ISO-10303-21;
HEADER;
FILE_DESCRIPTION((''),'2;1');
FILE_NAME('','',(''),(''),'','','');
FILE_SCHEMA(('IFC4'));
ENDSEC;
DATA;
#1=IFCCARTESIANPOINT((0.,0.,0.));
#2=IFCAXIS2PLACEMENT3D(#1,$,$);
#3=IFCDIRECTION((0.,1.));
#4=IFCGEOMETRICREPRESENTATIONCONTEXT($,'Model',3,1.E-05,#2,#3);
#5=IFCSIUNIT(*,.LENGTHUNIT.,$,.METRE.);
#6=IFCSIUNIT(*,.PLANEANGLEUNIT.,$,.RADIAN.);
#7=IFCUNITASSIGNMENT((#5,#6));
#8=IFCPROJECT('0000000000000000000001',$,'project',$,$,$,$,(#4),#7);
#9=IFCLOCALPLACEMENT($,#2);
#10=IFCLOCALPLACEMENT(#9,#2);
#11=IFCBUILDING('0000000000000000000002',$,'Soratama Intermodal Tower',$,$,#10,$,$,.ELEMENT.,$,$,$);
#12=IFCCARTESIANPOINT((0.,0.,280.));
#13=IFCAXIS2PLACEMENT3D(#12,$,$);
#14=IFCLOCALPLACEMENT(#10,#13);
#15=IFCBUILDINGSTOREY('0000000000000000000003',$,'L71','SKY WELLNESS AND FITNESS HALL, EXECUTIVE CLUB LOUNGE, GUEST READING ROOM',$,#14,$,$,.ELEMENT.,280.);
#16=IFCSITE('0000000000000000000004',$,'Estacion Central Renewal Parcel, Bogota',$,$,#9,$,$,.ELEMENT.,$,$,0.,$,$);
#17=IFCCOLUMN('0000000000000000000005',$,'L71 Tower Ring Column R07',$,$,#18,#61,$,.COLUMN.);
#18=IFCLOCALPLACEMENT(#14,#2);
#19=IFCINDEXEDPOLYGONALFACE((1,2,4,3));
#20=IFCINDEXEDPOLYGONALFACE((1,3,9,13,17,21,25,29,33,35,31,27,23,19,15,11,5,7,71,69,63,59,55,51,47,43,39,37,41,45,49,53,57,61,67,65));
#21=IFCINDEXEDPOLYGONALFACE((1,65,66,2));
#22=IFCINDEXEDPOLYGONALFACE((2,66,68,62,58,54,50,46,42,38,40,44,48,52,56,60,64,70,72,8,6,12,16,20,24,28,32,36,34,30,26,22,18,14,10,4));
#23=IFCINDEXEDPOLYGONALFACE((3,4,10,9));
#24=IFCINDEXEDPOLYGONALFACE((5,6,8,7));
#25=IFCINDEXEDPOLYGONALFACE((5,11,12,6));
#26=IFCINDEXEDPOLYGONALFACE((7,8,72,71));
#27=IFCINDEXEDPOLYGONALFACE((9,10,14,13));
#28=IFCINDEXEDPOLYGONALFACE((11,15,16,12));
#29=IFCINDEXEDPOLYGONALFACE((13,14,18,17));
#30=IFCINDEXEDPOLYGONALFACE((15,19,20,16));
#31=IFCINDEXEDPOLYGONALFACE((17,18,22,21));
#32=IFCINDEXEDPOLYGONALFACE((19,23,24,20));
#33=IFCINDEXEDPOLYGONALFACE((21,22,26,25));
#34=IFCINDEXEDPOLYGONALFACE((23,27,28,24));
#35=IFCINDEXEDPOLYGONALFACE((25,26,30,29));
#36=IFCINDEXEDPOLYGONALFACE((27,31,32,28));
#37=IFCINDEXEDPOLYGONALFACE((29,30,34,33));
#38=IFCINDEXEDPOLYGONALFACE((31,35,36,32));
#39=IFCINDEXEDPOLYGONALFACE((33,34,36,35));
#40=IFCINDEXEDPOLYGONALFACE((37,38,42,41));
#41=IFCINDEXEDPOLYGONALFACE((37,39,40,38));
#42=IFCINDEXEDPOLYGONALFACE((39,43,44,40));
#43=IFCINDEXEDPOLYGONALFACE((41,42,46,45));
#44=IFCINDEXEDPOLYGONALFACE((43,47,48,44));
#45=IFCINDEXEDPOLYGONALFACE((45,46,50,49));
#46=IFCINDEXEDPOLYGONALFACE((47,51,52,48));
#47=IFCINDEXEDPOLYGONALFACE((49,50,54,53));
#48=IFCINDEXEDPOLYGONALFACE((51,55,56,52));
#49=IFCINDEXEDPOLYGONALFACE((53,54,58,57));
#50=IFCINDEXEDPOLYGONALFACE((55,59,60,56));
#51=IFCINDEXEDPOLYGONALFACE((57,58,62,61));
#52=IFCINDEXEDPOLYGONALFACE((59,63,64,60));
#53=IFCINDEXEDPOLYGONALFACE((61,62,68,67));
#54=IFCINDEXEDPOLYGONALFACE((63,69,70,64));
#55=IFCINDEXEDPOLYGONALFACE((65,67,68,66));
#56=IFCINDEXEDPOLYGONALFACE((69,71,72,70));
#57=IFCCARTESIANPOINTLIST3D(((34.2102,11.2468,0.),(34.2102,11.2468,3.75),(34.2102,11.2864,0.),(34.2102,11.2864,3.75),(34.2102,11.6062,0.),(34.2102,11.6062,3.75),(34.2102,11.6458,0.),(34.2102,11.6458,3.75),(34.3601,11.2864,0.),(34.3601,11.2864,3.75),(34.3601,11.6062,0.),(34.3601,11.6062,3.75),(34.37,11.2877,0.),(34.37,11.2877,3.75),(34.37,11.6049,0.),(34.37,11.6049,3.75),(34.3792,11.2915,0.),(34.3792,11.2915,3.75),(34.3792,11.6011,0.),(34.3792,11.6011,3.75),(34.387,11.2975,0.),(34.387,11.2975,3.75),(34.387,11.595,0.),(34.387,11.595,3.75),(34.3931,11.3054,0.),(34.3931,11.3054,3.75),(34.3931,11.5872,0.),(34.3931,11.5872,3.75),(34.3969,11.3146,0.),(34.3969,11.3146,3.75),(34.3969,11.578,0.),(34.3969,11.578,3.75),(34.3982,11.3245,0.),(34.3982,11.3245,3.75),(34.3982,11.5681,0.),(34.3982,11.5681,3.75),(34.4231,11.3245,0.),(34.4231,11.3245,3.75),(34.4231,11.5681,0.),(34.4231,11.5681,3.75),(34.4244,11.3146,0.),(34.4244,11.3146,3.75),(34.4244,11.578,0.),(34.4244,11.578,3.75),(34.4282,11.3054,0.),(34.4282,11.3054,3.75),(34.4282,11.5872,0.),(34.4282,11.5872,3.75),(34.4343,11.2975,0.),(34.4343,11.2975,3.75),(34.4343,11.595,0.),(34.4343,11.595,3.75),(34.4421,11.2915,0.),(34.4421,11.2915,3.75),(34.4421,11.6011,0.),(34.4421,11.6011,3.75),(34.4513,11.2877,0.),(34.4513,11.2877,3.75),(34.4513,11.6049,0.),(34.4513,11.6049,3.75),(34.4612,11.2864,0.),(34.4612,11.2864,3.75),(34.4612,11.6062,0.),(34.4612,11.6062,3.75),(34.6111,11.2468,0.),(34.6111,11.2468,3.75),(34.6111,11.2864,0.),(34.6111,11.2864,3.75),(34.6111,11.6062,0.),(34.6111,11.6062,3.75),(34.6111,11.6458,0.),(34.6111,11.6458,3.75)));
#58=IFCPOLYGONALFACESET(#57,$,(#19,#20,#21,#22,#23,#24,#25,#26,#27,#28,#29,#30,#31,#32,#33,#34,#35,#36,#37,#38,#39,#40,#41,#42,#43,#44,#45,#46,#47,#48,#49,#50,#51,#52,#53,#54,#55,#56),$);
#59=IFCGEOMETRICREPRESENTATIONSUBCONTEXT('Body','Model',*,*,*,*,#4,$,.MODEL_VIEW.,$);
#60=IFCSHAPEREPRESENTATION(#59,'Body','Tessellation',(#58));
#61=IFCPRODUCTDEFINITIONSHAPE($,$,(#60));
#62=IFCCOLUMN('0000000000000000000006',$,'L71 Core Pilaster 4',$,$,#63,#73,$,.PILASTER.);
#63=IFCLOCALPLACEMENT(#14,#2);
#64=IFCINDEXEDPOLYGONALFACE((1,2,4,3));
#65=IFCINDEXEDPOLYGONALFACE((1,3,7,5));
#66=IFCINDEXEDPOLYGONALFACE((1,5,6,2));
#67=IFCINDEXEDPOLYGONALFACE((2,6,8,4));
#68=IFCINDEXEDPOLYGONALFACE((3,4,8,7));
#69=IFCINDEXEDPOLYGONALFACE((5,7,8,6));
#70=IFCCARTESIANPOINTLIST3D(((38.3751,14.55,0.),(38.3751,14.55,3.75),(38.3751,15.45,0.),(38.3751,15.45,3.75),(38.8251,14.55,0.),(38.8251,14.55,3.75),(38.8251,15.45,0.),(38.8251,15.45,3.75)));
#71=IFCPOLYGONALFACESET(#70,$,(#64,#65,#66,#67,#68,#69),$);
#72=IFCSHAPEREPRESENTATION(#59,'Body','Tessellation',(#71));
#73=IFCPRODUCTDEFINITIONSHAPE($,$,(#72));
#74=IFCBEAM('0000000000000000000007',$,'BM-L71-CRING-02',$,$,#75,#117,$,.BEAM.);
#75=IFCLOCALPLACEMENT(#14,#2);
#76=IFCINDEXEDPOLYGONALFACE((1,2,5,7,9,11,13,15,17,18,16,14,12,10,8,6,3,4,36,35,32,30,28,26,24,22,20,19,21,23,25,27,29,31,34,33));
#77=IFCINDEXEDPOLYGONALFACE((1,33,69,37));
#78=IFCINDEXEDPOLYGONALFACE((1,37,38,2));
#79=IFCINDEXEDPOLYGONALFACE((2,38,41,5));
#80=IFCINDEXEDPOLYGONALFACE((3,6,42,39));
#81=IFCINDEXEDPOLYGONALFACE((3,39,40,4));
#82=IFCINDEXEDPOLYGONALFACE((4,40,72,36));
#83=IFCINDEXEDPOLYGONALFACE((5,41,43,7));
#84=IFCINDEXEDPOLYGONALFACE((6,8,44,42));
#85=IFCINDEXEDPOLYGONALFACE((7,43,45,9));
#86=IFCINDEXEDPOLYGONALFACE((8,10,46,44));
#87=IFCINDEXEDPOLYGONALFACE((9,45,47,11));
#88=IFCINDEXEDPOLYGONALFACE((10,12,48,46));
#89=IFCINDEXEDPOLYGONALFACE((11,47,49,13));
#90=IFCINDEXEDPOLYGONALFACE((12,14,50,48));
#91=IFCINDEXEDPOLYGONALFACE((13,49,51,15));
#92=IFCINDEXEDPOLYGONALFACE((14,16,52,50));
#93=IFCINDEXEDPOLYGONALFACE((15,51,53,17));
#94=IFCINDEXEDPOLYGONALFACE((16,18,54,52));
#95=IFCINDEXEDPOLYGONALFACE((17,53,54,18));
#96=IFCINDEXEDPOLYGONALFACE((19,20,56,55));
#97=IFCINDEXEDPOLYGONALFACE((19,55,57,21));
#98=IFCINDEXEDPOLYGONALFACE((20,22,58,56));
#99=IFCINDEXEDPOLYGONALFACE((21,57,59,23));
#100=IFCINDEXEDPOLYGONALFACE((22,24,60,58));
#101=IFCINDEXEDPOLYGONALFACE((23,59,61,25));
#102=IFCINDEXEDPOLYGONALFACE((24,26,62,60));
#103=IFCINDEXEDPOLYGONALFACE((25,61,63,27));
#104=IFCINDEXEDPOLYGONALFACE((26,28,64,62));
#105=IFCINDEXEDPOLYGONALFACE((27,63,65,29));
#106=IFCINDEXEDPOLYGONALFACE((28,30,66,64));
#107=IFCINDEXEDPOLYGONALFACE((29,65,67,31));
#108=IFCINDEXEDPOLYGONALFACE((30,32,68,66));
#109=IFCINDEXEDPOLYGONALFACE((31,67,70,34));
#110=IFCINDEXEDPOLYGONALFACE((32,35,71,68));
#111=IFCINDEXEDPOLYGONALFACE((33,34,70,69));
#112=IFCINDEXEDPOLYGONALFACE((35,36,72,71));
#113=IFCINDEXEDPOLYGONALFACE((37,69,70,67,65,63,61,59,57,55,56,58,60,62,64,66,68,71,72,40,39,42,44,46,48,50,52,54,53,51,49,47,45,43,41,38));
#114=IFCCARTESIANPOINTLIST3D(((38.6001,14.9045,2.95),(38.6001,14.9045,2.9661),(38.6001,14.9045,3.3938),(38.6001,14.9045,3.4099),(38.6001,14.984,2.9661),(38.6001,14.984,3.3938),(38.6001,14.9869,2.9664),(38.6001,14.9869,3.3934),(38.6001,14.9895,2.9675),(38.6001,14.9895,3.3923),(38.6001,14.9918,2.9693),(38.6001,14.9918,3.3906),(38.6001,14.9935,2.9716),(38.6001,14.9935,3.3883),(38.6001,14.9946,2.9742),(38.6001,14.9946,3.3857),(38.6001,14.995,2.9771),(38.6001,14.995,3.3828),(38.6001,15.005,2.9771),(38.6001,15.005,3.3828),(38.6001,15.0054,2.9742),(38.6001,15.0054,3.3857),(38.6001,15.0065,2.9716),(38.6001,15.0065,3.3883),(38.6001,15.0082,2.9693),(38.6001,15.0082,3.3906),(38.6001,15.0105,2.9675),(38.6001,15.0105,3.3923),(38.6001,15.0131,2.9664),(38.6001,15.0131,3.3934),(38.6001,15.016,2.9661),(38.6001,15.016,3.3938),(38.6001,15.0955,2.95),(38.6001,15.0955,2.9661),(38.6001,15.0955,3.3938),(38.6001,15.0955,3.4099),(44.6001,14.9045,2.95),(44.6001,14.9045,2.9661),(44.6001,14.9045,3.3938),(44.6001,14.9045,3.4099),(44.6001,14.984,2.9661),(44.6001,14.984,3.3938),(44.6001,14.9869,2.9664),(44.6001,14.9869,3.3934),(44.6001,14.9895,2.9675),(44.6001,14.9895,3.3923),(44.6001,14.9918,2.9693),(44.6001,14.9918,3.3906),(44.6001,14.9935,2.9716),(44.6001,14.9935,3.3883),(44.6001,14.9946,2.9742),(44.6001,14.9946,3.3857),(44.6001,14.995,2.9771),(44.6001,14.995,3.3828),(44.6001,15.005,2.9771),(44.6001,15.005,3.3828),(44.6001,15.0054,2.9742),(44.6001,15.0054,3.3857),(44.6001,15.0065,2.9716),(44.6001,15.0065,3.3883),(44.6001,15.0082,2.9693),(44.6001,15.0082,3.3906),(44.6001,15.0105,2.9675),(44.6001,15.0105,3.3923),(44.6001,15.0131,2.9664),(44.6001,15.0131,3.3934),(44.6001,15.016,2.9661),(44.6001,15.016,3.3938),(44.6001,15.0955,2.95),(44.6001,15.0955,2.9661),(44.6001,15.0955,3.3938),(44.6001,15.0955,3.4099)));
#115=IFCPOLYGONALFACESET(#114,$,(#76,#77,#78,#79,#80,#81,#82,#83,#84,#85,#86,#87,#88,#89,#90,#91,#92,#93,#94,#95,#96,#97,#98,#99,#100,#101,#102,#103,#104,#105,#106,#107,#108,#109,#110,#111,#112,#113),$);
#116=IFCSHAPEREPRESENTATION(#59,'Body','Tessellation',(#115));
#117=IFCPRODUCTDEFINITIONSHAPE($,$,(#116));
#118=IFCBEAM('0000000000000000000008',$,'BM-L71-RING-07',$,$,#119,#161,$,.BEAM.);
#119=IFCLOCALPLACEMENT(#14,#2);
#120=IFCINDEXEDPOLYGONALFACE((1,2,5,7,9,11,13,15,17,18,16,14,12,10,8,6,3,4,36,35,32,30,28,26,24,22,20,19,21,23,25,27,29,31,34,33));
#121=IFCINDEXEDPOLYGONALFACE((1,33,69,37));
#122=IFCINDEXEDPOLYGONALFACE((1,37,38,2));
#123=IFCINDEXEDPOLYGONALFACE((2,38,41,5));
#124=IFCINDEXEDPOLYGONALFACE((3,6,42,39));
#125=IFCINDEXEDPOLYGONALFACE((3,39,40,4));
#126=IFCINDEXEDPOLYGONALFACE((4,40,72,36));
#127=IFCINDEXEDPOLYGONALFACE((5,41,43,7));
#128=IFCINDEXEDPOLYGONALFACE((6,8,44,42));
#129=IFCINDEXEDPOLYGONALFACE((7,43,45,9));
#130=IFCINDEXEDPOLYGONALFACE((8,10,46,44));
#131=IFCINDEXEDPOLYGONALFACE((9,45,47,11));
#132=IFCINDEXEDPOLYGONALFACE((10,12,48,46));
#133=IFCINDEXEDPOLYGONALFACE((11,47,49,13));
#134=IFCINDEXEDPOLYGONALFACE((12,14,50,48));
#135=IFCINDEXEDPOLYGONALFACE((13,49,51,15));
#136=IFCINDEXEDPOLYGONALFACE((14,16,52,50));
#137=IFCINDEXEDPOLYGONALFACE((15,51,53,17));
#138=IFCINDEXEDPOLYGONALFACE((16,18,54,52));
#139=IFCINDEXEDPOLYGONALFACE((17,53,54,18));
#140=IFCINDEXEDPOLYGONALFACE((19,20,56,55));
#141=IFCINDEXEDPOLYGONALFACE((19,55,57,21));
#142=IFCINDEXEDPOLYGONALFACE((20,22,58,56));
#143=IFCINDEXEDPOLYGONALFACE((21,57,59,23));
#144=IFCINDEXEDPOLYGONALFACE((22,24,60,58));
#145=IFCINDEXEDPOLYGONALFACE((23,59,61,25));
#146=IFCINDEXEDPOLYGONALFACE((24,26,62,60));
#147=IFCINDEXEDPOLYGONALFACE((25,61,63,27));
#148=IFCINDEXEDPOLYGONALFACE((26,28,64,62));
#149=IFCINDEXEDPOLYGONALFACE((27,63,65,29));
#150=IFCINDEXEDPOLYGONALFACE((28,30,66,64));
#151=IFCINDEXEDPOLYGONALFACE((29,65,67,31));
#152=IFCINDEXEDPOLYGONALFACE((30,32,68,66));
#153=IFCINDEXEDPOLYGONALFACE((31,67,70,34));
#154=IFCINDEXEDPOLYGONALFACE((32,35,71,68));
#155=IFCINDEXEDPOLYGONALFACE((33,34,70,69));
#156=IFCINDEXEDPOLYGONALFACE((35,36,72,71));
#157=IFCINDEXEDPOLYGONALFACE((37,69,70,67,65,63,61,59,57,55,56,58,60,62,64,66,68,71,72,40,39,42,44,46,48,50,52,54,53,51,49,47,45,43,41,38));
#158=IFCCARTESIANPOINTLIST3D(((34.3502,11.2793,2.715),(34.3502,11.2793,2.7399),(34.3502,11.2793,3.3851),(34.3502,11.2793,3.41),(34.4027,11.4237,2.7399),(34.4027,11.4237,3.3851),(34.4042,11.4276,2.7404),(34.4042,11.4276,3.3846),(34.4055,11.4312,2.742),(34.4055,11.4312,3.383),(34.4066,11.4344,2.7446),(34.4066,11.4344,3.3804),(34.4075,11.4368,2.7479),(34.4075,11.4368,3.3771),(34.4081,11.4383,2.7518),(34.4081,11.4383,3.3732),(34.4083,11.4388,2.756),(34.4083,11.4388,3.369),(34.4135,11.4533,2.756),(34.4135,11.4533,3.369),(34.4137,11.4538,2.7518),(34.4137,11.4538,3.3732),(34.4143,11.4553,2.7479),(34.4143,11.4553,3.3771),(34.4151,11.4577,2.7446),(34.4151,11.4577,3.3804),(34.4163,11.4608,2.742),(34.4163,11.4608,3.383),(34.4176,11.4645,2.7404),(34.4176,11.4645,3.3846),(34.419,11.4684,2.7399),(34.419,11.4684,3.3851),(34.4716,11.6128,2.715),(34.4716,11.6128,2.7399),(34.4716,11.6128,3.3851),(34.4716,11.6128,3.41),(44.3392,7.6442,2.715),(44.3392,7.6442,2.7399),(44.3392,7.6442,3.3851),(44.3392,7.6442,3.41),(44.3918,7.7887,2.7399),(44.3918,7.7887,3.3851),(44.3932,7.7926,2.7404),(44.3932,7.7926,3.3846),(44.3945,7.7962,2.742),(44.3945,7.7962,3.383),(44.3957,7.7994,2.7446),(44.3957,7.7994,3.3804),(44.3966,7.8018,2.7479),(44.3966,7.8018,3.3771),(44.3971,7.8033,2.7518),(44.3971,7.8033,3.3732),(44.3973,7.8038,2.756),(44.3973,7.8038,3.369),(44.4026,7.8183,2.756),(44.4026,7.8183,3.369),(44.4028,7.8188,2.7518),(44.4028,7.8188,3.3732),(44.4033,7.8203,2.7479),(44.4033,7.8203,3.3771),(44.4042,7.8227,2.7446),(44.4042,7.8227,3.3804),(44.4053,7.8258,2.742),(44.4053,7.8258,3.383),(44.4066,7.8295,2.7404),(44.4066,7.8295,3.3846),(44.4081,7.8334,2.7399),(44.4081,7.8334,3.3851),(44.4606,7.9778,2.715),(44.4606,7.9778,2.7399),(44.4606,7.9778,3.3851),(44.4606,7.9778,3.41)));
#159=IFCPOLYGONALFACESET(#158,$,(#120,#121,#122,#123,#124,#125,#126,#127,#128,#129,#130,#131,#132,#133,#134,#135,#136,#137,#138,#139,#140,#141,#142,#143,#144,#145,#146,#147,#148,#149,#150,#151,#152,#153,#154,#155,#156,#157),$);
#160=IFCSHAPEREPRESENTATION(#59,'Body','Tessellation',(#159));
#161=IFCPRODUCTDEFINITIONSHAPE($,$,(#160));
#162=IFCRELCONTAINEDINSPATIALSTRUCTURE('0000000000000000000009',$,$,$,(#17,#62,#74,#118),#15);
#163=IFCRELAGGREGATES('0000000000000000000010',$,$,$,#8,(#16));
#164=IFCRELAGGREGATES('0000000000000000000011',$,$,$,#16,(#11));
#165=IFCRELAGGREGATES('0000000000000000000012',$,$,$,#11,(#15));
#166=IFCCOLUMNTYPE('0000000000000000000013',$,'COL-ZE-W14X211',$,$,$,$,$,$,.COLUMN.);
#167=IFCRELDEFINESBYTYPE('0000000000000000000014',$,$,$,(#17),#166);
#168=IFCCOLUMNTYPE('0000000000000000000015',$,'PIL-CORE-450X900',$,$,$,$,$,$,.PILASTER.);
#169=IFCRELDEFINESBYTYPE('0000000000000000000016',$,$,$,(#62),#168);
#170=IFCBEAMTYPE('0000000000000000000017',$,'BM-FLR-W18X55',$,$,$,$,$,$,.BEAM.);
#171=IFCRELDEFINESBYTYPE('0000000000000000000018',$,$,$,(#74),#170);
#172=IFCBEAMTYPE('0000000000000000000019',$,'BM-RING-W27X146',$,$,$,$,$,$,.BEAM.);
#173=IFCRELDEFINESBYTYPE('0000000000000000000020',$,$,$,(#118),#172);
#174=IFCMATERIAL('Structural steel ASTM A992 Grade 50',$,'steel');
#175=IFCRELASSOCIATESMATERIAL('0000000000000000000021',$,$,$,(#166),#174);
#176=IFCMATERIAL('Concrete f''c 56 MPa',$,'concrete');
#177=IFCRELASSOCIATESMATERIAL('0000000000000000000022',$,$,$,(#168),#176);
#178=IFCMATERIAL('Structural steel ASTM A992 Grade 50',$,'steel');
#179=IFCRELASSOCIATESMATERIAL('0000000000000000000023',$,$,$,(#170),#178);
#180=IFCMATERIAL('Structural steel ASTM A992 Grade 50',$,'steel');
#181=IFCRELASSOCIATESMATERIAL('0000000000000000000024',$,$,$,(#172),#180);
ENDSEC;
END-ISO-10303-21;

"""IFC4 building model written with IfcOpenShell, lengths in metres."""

from ifc_helpers import new_model, si_unit, direction, frame, origin, origin_2d, place, context, subcontext, project, spatial, rectangle, i_section, extrude, material, material_profile, profile_set, type_object, element, save


model = new_model("IFC4")

# Units and contexts
model_context = context("Model", 3, precision=1e-05, world=origin(), true_north=direction((0.0, 1.0)))
body_context = subcontext(model_context, "Body", "Model", "MODEL_VIEW")
ifc_project = project(units=[si_unit("LENGTHUNIT", "METRE"), si_unit("PLANEANGLEUNIT", "RADIAN")], contexts=[model_context])

# Site, building, storey
site_placement = place(None, origin())
site = spatial("IfcSite", under=ifc_project, at=site_placement, Name="Estacion Central Renewal Parcel, Bogota", CompositionType="ELEMENT", RefElevation=0.0)
building_placement = place(site_placement, origin())
building = spatial("IfcBuilding", under=site, at=building_placement, Name="Soratama Intermodal Tower", CompositionType="ELEMENT")
storey_placement = place(building_placement, frame((0.0, 0.0, 280.0)))
storey = spatial("IfcBuildingStorey", under=building, at=storey_placement, Name="L71", Description="SKY WELLNESS AND FITNESS HALL, EXECUTIVE CLUB LOUNGE, GUEST READING ROOM", CompositionType="ELEMENT", Elevation=280.0)

# Columns
ifc_material_1 = material(Name="Structural steel ASTM A992 Grade 50", Category="steel")
ifc_material_profile_1 = material_profile(ifc_material_1, i_section(OverallWidth=0.4009, OverallDepth=0.3989, WebThickness=0.0249, FlangeThickness=0.0396, FilletRadius=0.0381, at=origin_2d()), Name="W14X211")
ifc_profile_set_1 = profile_set([ifc_material_profile_1], Name="Structural steel ASTM A992 Grade 50")
column_type_1 = type_object("IfcColumnType", Name="COL-ZE-W14X211", PredefinedType="COLUMN", material=ifc_profile_set_1)
column_1_placement = place(storey_placement, frame((34.4106, 11.4463, 0.0), z_axis=(0.0, 0.0, 1.0), x_axis=(1.0, 0.0, 0.0)))
element("IfcColumn", 1, at=column_1_placement, inside=storey, type_object=column_type_1, Name="L71 Tower Ring Column R07", PredefinedType="COLUMN", context=body_context, shape_type="SweptSolid", body=[
    extrude(i_section(OverallWidth=0.4009, OverallDepth=0.3989, WebThickness=0.0249, FlangeThickness=0.0396, FilletRadius=0.0381, at=origin_2d()), origin(), (0.0, 0.0, 1.0), 3.75),
])
ifc_material_2 = material(Name="Concrete f'c 56 MPa", Category="concrete")
ifc_material_profile_2 = material_profile(ifc_material_2, rectangle(XDim=0.45, YDim=0.8999, at=origin_2d()), Name="RC450X900")
ifc_profile_set_2 = profile_set([ifc_material_profile_2], Name="Concrete f'c 56 MPa")
column_type_2 = type_object("IfcColumnType", Name="PIL-CORE-450X900", PredefinedType="PILASTER", material=ifc_profile_set_2)
column_2_placement = place(storey_placement, frame((38.6001, 15.0, 0.0), z_axis=(0.0, 0.0, 1.0), x_axis=(1.0, 0.0, 0.0)))
element("IfcColumn", 2, at=column_2_placement, inside=storey, type_object=column_type_2, Name="L71 Core Pilaster 4", PredefinedType="PILASTER", context=body_context, shape_type="SweptSolid", body=[
    extrude(rectangle(XDim=0.45, YDim=0.8999, at=origin_2d()), origin(), (0.0, 0.0, 1.0), 3.75),
])

# Beams
ifc_material_3 = material(Name="Structural steel ASTM A992 Grade 50", Category="steel")
ifc_material_profile_3 = material_profile(ifc_material_3, i_section(OverallWidth=0.1909, OverallDepth=0.46, WebThickness=0.01, FlangeThickness=0.0161, FilletRadius=0.011, at=origin_2d()), Name="W18X55")
ifc_profile_set_3 = profile_set([ifc_material_profile_3], Name="Structural steel ASTM A992 Grade 50")
beam_type_1 = type_object("IfcBeamType", Name="BM-FLR-W18X55", PredefinedType="BEAM", material=ifc_profile_set_3)
beam_1_placement = place(storey_placement, frame((38.6001, 15.0, 3.1799), z_axis=(1.0, 0.0, 0.0), x_axis=(0.0, 1.0, 0.0)))
element("IfcBeam", 3, at=beam_1_placement, inside=storey, type_object=beam_type_1, Name="BM-L71-CRING-02", PredefinedType="BEAM", context=body_context, shape_type="SweptSolid", body=[
    extrude(i_section(OverallWidth=0.1909, OverallDepth=0.46, WebThickness=0.01, FlangeThickness=0.0161, FilletRadius=0.011, at=origin_2d()), origin(), (0.0, 0.0, 1.0), 6.0),
])
ifc_material_4 = material(Name="Structural steel ASTM A992 Grade 50", Category="steel")
ifc_material_profile_4 = material_profile(ifc_material_4, i_section(OverallWidth=0.355, OverallDepth=0.6951, WebThickness=0.0154, FlangeThickness=0.0249, FilletRadius=0.0161, at=origin_2d()), Name="W27X146")
ifc_profile_set_4 = profile_set([ifc_material_profile_4], Name="Structural steel ASTM A992 Grade 50")
beam_type_2 = type_object("IfcBeamType", Name="BM-RING-W27X146", PredefinedType="BEAM", material=ifc_profile_set_4)
beam_2_placement = place(storey_placement, frame((34.4109, 11.446, 3.0625), z_axis=(0.939714, -0.341963, 0.0), x_axis=(0.341963, 0.939714, 0.0)))
element("IfcBeam", 4, at=beam_2_placement, inside=storey, type_object=beam_type_2, Name="BM-L71-RING-07", PredefinedType="BEAM", context=body_context, shape_type="SweptSolid", body=[
    extrude(i_section(OverallWidth=0.355, OverallDepth=0.6951, WebThickness=0.0154, FlangeThickness=0.0249, FilletRadius=0.0161, at=origin_2d()), origin(), (0.0, 0.0, 1.0), 10.6299),
])

save(model, "model.ifc")
